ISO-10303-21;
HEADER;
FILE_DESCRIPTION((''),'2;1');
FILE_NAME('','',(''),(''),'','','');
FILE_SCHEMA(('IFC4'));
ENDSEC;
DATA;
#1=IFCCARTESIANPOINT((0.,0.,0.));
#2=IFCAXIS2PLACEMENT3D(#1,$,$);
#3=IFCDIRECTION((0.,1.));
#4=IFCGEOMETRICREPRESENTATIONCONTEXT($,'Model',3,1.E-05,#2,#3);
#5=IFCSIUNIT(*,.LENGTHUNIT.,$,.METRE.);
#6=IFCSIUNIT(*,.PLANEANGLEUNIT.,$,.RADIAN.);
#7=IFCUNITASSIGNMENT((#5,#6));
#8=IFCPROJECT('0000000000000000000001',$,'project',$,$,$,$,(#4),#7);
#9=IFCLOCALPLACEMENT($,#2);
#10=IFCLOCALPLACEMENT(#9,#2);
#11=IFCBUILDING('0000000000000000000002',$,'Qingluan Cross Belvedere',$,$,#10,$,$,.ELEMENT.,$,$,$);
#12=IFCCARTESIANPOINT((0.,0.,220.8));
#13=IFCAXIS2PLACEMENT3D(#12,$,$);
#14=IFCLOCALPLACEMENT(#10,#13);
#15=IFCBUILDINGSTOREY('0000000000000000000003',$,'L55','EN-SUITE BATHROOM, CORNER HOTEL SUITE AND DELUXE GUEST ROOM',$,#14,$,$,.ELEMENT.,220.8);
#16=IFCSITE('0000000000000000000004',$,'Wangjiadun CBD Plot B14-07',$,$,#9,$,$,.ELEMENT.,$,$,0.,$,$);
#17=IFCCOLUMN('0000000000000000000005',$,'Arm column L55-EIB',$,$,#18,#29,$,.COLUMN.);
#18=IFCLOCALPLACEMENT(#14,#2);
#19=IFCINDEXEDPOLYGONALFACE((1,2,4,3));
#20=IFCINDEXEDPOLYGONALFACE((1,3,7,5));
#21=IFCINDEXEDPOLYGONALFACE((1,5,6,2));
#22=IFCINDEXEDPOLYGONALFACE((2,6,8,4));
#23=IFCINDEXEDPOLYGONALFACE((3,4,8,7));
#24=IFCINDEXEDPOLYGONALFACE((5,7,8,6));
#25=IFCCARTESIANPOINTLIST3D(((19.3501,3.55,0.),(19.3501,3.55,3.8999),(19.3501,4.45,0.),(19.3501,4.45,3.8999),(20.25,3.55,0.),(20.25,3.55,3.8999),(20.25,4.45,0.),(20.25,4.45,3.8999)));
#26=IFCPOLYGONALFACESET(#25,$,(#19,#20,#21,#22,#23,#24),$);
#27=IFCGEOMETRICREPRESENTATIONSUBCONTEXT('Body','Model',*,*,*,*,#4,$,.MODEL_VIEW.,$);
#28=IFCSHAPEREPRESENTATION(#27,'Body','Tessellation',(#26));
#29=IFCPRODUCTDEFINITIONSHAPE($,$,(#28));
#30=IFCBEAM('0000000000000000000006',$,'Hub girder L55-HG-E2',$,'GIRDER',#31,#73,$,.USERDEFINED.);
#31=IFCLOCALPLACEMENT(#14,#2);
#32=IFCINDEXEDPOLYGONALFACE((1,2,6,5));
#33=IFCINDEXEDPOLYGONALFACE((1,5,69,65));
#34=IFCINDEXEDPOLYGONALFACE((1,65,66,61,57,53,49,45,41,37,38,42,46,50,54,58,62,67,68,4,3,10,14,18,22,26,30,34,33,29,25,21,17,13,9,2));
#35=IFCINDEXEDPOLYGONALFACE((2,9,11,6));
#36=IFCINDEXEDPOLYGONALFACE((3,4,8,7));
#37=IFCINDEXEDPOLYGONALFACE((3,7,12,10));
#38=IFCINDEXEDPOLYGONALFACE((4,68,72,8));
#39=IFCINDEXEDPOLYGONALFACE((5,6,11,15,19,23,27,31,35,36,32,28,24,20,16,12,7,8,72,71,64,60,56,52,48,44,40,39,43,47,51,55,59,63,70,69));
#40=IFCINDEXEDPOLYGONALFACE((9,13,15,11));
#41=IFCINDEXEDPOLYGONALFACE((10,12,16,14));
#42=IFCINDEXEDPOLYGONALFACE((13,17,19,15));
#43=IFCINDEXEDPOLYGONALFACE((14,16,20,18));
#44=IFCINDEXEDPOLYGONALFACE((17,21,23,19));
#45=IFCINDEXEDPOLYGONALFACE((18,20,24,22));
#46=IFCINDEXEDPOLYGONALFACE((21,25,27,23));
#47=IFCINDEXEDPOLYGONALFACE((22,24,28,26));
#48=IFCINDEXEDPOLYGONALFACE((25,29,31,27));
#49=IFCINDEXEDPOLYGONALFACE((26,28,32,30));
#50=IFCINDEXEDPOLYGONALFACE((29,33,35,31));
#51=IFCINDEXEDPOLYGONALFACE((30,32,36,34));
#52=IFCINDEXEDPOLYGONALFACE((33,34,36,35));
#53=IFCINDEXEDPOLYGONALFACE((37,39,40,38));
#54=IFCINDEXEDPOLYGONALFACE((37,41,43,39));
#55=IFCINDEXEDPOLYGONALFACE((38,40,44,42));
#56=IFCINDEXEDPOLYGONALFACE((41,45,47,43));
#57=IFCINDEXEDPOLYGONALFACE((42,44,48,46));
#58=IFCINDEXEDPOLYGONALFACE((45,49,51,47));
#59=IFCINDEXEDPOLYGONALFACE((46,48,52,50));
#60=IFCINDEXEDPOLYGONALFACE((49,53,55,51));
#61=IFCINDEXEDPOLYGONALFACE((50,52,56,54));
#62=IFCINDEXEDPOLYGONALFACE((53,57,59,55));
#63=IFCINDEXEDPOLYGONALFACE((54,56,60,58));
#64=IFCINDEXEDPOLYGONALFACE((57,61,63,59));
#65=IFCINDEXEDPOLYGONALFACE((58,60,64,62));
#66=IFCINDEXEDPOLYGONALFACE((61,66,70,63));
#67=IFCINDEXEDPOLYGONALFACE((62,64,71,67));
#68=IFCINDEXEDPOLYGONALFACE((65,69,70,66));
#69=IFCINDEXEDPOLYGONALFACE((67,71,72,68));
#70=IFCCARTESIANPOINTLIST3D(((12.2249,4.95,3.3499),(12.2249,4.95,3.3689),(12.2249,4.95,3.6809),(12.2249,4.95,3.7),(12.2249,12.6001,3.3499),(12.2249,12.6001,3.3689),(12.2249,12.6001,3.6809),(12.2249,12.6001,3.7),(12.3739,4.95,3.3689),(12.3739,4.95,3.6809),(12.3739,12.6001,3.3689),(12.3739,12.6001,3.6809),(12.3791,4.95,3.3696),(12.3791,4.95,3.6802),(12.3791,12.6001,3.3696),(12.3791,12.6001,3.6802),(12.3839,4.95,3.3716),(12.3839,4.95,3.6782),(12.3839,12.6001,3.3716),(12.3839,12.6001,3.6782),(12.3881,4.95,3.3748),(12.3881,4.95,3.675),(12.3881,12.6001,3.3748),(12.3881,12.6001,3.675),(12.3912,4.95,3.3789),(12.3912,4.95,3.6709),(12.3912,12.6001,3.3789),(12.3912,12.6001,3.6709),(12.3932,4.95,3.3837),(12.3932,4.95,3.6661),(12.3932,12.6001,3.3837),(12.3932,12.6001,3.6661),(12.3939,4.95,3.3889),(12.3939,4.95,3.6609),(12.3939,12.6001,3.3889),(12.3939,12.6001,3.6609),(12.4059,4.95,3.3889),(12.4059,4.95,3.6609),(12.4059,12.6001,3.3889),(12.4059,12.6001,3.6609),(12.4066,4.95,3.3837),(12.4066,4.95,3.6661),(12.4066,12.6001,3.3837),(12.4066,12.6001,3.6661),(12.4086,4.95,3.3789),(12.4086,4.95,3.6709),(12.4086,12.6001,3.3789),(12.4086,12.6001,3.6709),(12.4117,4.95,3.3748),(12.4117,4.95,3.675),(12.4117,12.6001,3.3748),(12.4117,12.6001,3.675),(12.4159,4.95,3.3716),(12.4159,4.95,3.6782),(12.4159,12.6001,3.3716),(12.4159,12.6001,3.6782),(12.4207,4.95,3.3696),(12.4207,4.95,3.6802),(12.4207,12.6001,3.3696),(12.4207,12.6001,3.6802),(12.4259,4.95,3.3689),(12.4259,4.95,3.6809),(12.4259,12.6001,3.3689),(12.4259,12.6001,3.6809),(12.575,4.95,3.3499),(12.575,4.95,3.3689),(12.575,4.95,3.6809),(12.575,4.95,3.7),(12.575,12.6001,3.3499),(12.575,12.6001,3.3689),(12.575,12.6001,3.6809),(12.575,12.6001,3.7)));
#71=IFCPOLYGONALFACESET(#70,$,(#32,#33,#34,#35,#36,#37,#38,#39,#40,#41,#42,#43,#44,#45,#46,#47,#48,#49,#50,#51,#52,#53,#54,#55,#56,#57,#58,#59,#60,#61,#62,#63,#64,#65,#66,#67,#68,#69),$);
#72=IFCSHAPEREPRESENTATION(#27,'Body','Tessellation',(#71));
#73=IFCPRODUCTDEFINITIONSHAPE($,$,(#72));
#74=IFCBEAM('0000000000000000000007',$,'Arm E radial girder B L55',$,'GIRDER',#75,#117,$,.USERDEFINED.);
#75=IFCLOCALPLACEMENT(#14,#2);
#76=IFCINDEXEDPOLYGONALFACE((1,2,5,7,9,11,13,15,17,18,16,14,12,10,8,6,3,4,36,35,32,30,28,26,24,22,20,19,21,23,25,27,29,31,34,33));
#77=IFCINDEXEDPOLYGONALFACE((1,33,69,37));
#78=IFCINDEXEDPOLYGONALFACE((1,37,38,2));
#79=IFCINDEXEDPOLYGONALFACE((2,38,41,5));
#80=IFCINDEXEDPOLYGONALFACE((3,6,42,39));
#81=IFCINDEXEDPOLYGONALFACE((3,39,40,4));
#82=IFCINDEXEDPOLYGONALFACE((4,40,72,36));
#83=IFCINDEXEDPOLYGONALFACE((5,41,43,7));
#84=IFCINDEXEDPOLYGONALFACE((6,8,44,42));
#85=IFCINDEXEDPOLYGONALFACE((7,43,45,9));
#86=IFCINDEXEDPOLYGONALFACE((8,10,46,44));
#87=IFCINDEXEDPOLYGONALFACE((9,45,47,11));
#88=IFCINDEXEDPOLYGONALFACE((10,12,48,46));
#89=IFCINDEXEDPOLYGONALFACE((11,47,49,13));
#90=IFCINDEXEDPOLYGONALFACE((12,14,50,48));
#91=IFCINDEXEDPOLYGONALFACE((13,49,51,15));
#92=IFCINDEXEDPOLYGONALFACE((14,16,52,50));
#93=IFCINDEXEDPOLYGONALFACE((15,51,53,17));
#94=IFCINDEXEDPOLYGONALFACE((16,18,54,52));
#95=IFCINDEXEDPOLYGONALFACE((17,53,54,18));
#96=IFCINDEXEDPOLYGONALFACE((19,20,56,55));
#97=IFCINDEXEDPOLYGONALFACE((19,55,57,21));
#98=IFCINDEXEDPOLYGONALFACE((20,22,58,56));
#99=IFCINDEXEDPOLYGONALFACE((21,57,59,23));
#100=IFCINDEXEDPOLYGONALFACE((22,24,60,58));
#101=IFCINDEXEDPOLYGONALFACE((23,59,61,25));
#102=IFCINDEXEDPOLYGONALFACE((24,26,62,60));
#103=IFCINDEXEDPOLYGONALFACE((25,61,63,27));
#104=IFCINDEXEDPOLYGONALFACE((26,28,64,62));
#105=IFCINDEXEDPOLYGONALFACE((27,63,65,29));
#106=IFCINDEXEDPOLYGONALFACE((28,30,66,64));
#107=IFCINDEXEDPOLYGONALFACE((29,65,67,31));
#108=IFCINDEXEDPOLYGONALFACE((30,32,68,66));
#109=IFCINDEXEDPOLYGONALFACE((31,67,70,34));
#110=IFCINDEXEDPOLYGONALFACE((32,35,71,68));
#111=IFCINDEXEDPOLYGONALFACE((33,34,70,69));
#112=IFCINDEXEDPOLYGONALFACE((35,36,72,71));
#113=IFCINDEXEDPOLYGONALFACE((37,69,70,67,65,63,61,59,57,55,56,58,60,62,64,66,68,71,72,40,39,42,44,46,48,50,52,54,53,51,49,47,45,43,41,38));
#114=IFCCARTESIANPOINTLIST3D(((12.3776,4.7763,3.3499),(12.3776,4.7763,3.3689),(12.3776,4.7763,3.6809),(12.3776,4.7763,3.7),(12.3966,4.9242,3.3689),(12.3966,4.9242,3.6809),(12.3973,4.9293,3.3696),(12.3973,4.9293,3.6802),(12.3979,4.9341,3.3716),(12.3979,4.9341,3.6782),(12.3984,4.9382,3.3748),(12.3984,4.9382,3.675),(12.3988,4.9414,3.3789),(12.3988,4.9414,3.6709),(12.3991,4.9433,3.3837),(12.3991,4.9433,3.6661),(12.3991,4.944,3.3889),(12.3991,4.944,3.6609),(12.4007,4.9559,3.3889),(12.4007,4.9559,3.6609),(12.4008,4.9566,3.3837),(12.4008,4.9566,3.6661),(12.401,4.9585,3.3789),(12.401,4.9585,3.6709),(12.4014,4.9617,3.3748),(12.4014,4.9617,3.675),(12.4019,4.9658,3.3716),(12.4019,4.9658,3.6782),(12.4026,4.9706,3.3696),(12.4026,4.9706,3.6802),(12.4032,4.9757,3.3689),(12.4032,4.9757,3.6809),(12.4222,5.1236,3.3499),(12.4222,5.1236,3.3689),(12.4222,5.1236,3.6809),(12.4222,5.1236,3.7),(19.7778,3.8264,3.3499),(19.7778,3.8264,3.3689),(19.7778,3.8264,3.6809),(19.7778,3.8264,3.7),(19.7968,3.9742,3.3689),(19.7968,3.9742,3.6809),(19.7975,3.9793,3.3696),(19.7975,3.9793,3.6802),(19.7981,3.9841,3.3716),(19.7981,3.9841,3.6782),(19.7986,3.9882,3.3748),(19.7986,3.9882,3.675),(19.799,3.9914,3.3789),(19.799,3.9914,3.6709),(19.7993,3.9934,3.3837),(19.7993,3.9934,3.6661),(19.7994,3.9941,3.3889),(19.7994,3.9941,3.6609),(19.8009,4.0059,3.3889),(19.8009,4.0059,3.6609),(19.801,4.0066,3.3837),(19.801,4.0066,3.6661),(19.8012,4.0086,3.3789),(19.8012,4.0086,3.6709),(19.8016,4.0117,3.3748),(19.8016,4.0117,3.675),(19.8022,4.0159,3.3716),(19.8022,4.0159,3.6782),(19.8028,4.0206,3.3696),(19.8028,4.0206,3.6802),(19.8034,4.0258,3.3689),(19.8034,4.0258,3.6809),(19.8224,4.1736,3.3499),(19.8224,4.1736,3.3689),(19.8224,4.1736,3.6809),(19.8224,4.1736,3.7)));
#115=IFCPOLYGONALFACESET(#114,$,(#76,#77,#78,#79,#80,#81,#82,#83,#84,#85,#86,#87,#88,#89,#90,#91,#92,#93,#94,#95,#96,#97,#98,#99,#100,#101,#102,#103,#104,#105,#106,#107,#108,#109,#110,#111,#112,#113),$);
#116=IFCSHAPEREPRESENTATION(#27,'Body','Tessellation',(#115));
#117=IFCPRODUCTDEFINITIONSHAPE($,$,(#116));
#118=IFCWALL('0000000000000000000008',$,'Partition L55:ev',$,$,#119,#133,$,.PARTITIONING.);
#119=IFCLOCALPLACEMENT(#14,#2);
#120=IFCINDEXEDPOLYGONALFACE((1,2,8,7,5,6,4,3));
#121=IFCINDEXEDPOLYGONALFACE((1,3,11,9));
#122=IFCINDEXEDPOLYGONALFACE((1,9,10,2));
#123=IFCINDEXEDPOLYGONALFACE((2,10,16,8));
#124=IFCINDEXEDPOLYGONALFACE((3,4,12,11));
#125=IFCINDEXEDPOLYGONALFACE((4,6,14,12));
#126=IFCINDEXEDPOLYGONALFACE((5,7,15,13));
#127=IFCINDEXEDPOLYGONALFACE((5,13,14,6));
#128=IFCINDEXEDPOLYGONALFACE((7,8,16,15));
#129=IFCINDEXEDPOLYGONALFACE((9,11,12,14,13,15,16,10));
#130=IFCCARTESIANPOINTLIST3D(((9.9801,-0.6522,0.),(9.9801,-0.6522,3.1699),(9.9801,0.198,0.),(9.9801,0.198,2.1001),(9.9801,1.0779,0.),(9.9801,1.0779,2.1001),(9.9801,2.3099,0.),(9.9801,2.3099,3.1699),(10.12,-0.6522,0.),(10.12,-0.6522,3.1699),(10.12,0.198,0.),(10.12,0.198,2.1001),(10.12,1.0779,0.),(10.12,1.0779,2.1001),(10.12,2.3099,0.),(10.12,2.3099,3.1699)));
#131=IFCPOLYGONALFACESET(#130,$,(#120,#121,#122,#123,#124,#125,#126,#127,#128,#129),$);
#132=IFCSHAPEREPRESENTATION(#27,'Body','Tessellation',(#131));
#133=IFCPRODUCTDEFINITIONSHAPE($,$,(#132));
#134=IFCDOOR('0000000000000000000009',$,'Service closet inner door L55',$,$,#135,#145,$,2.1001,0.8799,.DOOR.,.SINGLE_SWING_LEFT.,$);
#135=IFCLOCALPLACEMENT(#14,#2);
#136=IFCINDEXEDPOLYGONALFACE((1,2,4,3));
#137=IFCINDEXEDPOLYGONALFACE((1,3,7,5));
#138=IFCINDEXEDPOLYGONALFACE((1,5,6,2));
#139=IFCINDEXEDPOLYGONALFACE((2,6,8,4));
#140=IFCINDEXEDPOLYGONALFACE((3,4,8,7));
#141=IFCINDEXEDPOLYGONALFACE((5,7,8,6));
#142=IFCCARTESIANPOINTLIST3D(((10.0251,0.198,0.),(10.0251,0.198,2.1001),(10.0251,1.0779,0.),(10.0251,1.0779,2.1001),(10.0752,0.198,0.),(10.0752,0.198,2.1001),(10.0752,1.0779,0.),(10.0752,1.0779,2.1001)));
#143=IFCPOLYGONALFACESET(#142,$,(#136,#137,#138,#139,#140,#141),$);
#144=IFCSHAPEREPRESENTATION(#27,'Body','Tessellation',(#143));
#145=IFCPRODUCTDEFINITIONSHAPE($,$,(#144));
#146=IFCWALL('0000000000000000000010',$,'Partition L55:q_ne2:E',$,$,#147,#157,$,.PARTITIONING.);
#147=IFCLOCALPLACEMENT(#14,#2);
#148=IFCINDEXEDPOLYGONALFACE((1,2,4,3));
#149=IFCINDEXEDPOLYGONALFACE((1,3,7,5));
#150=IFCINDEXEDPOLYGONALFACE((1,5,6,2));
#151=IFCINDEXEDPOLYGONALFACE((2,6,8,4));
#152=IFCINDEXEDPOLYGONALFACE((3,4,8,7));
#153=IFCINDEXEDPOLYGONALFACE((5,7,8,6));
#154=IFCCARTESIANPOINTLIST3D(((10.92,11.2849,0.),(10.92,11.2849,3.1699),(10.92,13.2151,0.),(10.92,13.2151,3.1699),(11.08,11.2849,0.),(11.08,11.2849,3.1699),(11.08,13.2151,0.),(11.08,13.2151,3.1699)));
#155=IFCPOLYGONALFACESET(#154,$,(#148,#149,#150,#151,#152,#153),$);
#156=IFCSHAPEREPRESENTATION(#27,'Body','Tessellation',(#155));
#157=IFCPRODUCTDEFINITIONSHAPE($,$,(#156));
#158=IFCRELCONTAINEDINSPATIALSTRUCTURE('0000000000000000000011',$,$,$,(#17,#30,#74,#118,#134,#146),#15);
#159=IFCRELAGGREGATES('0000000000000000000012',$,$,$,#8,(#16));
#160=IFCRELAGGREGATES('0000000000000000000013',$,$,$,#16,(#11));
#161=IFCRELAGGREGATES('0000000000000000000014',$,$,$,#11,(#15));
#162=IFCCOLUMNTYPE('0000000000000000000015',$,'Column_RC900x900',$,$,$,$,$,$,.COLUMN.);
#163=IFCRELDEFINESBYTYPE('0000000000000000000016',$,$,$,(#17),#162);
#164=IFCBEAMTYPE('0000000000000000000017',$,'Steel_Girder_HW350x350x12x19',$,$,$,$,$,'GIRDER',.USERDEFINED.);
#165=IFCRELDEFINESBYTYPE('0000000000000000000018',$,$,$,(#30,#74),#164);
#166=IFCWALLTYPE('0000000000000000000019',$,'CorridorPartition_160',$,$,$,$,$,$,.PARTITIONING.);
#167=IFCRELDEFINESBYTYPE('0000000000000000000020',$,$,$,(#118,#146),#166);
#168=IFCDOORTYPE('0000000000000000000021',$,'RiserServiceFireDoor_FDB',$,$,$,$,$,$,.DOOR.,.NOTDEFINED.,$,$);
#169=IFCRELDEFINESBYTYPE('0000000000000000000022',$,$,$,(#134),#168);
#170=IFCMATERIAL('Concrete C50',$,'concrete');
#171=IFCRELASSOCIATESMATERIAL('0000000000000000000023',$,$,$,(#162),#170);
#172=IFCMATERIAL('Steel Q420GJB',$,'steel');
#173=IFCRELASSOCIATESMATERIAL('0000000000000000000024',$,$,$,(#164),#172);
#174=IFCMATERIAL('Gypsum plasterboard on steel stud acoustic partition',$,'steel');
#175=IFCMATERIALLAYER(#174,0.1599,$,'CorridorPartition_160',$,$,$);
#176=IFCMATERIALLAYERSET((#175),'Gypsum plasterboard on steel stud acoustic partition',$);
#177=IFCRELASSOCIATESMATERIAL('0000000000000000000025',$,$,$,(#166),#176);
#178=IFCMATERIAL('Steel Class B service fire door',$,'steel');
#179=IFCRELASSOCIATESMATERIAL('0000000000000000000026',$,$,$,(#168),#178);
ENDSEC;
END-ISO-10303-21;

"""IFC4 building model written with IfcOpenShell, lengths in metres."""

from ifc_helpers import new_model, si_unit, direction, frame, frame_2d, origin, origin_2d, place, context, subcontext, project, spatial, rectangle, i_section, extrude, material, layer, layer_set, material_profile, profile_set, type_object, element, fill, save


model = new_model("IFC4")

# Units and contexts
model_context = context("Model", 3, precision=1e-05, world=origin(), true_north=direction((0.0, 1.0)))
body_context = subcontext(model_context, "Body", "Model", "MODEL_VIEW")
ifc_project = project(units=[si_unit("LENGTHUNIT", "METRE"), si_unit("PLANEANGLEUNIT", "RADIAN")], contexts=[model_context])

# Site, building, storey
site_placement = place(None, origin())
site = spatial("IfcSite", under=ifc_project, at=site_placement, Name="Wangjiadun CBD Plot B14-07", CompositionType="ELEMENT", RefElevation=0.0)
building_placement = place(site_placement, origin())
building = spatial("IfcBuilding", under=site, at=building_placement, Name="Qingluan Cross Belvedere", CompositionType="ELEMENT")
storey_placement = place(building_placement, frame((0.0, 0.0, 220.8)))
storey = spatial("IfcBuildingStorey", under=building, at=storey_placement, Name="L55", Description="EN-SUITE BATHROOM, CORNER HOTEL SUITE AND DELUXE GUEST ROOM", CompositionType="ELEMENT", Elevation=220.8)

# Column
ifc_material_1 = material(Name="Concrete C50", Category="concrete")
ifc_material_profile_1 = material_profile(ifc_material_1, rectangle(XDim=0.8999, YDim=0.8999, at=origin_2d()), Name="RC900x900")
ifc_profile_set_1 = profile_set([ifc_material_profile_1], Name="Concrete C50")
column_type = type_object("IfcColumnType", Name="Column_RC900x900", PredefinedType="COLUMN", material=ifc_profile_set_1)
column_placement = place(storey_placement, frame((19.8, 4.0, 0.0), z_axis=(0.0, 0.0, 1.0), x_axis=(1.0, 0.0, 0.0)))
element("IfcColumn", 1, at=column_placement, inside=storey, type_object=column_type, Name="Arm column L55-EIB", PredefinedType="COLUMN", context=body_context, shape_type="SweptSolid", body=[
    extrude(rectangle(XDim=0.8999, YDim=0.8999, at=origin_2d()), origin(), (0.0, 0.0, 1.0), 3.8999),
])

# Beams
ifc_material_2 = material(Name="Steel Q420GJB", Category="steel")
ifc_material_profile_2 = material_profile(ifc_material_2, i_section(OverallWidth=0.3501, OverallDepth=0.3501, WebThickness=0.012, FlangeThickness=0.019, FilletRadius=0.02, at=origin_2d()), Name="HW350x350x12x19")
ifc_profile_set_2 = profile_set([ifc_material_profile_2], Name="Steel Q420GJB")
beam_type = type_object("IfcBeamType", Name="Steel_Girder_HW350x350x12x19", ElementType="GIRDER", PredefinedType="USERDEFINED", material=ifc_profile_set_2)
beam_1_placement = place(storey_placement, frame((12.3999, 4.95, 3.5249), z_axis=(0.0, 1.0, 0.0), x_axis=(-1.0, 0.0, 0.0)))
element("IfcBeam", 2, at=beam_1_placement, inside=storey, type_object=beam_type, Name="Hub girder L55-HG-E2", ObjectType="GIRDER", PredefinedType="USERDEFINED", context=body_context, shape_type="SweptSolid", body=[
    extrude(i_section(OverallWidth=0.3501, OverallDepth=0.3501, WebThickness=0.012, FlangeThickness=0.019, FilletRadius=0.02, at=origin_2d()), origin(), (0.0, 0.0, 1.0), 7.6501),
])
beam_2_placement = place(storey_placement, frame((12.3999, 4.95, 3.5249), z_axis=(0.991861, -0.127324, 0.0), x_axis=(0.127324, 0.991861, 0.0)))
element("IfcBeam", 3, at=beam_2_placement, inside=storey, type_object=beam_type, Name="Arm E radial girder B L55", ObjectType="GIRDER", PredefinedType="USERDEFINED", context=body_context, shape_type="SweptSolid", body=[
    extrude(i_section(OverallWidth=0.3501, OverallDepth=0.3501, WebThickness=0.012, FlangeThickness=0.019, FilletRadius=0.02, at=origin_2d()), origin(), (0.0, 0.0, 1.0), 7.4609),
])

# Wall, opening, door
ifc_material_3 = material(Name="Gypsum plasterboard on steel stud acoustic partition", Category="steel")
ifc_layer_1 = layer(ifc_material_3, 0.1599, Name="CorridorPartition_160")
ifc_layer_set_1 = layer_set([ifc_layer_1], Name="Gypsum plasterboard on steel stud acoustic partition")
wall_type_1 = type_object("IfcWallType", Name="CorridorPartition_160", PredefinedType="PARTITIONING", material=ifc_layer_set_1)
wall_1_placement = place(storey_placement, frame((10.05, -0.6521, 0.0), z_axis=(0.0, 0.0, 1.0), x_axis=(0.0, 1.0, 0.0)))
wall_1 = element("IfcWall", 4, at=wall_1_placement, inside=storey, type_object=wall_type_1, Name="Partition L55:ev", PredefinedType="PARTITIONING", context=body_context, shape_type="SweptSolid", body=[
    extrude(rectangle(XDim=2.9622, YDim=0.1399, at=frame_2d((1.481, 0.0))), origin(), (0.0, 0.0, 1.0), 3.1699),
])
opening_1_placement = place(wall_1_placement, frame((0.8501, 0.0, 0.0)))
opening_1 = element("IfcOpeningElement", 5, at=opening_1_placement, cuts=wall_1, PredefinedType="OPENING", context=body_context, shape_type="SweptSolid", body=[
    extrude(rectangle(XDim=0.8799, YDim=2.1001, at=frame_2d((0.4399, 1.05))), frame((0.0, 0.0798, 0.0), z_axis=(0.0, -1.0, 0.0), x_axis=(1.0, 0.0, 0.0)), (0.0, 0.0, 1.0), 0.1599),
])
ifc_material_4 = material(Name="Steel Class B service fire door", Category="steel")
door_type_1 = type_object("IfcDoorType", Name="RiserServiceFireDoor_FDB", OperationType="NOTDEFINED", PredefinedType="DOOR", material=ifc_material_4)
door_1_placement = place(opening_1_placement, origin())
door_1 = element("IfcDoor", 6, at=door_1_placement, inside=storey, type_object=door_type_1, Name="Service closet inner door L55", OperationType="SINGLE_SWING_LEFT", OverallHeight=2.1001, OverallWidth=0.8799, PredefinedType="DOOR", context=body_context, shape_type="SweptSolid", body=[
    extrude(rectangle(XDim=0.8799, YDim=2.1001, at=frame_2d((0.4399, 1.05))), frame((0.0, 0.0249, 0.0), z_axis=(0.0, -1.0, 0.0), x_axis=(1.0, 0.0, 0.0)), (0.0, 0.0, 1.0), 0.05),
])
fill(opening_1, door_1)

# Wall
wall_2_placement = place(storey_placement, frame((11.0, 11.2849, 0.0), z_axis=(0.0, 0.0, 1.0), x_axis=(0.0, 1.0, 0.0)))
element("IfcWall", 7, at=wall_2_placement, inside=storey, type_object=wall_type_1, Name="Partition L55:q_ne2:E", PredefinedType="PARTITIONING", context=body_context, shape_type="SweptSolid", body=[
    extrude(rectangle(XDim=1.9302, YDim=0.1599, at=frame_2d((0.9651, 0.0))), origin(), (0.0, 0.0, 1.0), 3.1699),
])

save(model, "model.ifc")
